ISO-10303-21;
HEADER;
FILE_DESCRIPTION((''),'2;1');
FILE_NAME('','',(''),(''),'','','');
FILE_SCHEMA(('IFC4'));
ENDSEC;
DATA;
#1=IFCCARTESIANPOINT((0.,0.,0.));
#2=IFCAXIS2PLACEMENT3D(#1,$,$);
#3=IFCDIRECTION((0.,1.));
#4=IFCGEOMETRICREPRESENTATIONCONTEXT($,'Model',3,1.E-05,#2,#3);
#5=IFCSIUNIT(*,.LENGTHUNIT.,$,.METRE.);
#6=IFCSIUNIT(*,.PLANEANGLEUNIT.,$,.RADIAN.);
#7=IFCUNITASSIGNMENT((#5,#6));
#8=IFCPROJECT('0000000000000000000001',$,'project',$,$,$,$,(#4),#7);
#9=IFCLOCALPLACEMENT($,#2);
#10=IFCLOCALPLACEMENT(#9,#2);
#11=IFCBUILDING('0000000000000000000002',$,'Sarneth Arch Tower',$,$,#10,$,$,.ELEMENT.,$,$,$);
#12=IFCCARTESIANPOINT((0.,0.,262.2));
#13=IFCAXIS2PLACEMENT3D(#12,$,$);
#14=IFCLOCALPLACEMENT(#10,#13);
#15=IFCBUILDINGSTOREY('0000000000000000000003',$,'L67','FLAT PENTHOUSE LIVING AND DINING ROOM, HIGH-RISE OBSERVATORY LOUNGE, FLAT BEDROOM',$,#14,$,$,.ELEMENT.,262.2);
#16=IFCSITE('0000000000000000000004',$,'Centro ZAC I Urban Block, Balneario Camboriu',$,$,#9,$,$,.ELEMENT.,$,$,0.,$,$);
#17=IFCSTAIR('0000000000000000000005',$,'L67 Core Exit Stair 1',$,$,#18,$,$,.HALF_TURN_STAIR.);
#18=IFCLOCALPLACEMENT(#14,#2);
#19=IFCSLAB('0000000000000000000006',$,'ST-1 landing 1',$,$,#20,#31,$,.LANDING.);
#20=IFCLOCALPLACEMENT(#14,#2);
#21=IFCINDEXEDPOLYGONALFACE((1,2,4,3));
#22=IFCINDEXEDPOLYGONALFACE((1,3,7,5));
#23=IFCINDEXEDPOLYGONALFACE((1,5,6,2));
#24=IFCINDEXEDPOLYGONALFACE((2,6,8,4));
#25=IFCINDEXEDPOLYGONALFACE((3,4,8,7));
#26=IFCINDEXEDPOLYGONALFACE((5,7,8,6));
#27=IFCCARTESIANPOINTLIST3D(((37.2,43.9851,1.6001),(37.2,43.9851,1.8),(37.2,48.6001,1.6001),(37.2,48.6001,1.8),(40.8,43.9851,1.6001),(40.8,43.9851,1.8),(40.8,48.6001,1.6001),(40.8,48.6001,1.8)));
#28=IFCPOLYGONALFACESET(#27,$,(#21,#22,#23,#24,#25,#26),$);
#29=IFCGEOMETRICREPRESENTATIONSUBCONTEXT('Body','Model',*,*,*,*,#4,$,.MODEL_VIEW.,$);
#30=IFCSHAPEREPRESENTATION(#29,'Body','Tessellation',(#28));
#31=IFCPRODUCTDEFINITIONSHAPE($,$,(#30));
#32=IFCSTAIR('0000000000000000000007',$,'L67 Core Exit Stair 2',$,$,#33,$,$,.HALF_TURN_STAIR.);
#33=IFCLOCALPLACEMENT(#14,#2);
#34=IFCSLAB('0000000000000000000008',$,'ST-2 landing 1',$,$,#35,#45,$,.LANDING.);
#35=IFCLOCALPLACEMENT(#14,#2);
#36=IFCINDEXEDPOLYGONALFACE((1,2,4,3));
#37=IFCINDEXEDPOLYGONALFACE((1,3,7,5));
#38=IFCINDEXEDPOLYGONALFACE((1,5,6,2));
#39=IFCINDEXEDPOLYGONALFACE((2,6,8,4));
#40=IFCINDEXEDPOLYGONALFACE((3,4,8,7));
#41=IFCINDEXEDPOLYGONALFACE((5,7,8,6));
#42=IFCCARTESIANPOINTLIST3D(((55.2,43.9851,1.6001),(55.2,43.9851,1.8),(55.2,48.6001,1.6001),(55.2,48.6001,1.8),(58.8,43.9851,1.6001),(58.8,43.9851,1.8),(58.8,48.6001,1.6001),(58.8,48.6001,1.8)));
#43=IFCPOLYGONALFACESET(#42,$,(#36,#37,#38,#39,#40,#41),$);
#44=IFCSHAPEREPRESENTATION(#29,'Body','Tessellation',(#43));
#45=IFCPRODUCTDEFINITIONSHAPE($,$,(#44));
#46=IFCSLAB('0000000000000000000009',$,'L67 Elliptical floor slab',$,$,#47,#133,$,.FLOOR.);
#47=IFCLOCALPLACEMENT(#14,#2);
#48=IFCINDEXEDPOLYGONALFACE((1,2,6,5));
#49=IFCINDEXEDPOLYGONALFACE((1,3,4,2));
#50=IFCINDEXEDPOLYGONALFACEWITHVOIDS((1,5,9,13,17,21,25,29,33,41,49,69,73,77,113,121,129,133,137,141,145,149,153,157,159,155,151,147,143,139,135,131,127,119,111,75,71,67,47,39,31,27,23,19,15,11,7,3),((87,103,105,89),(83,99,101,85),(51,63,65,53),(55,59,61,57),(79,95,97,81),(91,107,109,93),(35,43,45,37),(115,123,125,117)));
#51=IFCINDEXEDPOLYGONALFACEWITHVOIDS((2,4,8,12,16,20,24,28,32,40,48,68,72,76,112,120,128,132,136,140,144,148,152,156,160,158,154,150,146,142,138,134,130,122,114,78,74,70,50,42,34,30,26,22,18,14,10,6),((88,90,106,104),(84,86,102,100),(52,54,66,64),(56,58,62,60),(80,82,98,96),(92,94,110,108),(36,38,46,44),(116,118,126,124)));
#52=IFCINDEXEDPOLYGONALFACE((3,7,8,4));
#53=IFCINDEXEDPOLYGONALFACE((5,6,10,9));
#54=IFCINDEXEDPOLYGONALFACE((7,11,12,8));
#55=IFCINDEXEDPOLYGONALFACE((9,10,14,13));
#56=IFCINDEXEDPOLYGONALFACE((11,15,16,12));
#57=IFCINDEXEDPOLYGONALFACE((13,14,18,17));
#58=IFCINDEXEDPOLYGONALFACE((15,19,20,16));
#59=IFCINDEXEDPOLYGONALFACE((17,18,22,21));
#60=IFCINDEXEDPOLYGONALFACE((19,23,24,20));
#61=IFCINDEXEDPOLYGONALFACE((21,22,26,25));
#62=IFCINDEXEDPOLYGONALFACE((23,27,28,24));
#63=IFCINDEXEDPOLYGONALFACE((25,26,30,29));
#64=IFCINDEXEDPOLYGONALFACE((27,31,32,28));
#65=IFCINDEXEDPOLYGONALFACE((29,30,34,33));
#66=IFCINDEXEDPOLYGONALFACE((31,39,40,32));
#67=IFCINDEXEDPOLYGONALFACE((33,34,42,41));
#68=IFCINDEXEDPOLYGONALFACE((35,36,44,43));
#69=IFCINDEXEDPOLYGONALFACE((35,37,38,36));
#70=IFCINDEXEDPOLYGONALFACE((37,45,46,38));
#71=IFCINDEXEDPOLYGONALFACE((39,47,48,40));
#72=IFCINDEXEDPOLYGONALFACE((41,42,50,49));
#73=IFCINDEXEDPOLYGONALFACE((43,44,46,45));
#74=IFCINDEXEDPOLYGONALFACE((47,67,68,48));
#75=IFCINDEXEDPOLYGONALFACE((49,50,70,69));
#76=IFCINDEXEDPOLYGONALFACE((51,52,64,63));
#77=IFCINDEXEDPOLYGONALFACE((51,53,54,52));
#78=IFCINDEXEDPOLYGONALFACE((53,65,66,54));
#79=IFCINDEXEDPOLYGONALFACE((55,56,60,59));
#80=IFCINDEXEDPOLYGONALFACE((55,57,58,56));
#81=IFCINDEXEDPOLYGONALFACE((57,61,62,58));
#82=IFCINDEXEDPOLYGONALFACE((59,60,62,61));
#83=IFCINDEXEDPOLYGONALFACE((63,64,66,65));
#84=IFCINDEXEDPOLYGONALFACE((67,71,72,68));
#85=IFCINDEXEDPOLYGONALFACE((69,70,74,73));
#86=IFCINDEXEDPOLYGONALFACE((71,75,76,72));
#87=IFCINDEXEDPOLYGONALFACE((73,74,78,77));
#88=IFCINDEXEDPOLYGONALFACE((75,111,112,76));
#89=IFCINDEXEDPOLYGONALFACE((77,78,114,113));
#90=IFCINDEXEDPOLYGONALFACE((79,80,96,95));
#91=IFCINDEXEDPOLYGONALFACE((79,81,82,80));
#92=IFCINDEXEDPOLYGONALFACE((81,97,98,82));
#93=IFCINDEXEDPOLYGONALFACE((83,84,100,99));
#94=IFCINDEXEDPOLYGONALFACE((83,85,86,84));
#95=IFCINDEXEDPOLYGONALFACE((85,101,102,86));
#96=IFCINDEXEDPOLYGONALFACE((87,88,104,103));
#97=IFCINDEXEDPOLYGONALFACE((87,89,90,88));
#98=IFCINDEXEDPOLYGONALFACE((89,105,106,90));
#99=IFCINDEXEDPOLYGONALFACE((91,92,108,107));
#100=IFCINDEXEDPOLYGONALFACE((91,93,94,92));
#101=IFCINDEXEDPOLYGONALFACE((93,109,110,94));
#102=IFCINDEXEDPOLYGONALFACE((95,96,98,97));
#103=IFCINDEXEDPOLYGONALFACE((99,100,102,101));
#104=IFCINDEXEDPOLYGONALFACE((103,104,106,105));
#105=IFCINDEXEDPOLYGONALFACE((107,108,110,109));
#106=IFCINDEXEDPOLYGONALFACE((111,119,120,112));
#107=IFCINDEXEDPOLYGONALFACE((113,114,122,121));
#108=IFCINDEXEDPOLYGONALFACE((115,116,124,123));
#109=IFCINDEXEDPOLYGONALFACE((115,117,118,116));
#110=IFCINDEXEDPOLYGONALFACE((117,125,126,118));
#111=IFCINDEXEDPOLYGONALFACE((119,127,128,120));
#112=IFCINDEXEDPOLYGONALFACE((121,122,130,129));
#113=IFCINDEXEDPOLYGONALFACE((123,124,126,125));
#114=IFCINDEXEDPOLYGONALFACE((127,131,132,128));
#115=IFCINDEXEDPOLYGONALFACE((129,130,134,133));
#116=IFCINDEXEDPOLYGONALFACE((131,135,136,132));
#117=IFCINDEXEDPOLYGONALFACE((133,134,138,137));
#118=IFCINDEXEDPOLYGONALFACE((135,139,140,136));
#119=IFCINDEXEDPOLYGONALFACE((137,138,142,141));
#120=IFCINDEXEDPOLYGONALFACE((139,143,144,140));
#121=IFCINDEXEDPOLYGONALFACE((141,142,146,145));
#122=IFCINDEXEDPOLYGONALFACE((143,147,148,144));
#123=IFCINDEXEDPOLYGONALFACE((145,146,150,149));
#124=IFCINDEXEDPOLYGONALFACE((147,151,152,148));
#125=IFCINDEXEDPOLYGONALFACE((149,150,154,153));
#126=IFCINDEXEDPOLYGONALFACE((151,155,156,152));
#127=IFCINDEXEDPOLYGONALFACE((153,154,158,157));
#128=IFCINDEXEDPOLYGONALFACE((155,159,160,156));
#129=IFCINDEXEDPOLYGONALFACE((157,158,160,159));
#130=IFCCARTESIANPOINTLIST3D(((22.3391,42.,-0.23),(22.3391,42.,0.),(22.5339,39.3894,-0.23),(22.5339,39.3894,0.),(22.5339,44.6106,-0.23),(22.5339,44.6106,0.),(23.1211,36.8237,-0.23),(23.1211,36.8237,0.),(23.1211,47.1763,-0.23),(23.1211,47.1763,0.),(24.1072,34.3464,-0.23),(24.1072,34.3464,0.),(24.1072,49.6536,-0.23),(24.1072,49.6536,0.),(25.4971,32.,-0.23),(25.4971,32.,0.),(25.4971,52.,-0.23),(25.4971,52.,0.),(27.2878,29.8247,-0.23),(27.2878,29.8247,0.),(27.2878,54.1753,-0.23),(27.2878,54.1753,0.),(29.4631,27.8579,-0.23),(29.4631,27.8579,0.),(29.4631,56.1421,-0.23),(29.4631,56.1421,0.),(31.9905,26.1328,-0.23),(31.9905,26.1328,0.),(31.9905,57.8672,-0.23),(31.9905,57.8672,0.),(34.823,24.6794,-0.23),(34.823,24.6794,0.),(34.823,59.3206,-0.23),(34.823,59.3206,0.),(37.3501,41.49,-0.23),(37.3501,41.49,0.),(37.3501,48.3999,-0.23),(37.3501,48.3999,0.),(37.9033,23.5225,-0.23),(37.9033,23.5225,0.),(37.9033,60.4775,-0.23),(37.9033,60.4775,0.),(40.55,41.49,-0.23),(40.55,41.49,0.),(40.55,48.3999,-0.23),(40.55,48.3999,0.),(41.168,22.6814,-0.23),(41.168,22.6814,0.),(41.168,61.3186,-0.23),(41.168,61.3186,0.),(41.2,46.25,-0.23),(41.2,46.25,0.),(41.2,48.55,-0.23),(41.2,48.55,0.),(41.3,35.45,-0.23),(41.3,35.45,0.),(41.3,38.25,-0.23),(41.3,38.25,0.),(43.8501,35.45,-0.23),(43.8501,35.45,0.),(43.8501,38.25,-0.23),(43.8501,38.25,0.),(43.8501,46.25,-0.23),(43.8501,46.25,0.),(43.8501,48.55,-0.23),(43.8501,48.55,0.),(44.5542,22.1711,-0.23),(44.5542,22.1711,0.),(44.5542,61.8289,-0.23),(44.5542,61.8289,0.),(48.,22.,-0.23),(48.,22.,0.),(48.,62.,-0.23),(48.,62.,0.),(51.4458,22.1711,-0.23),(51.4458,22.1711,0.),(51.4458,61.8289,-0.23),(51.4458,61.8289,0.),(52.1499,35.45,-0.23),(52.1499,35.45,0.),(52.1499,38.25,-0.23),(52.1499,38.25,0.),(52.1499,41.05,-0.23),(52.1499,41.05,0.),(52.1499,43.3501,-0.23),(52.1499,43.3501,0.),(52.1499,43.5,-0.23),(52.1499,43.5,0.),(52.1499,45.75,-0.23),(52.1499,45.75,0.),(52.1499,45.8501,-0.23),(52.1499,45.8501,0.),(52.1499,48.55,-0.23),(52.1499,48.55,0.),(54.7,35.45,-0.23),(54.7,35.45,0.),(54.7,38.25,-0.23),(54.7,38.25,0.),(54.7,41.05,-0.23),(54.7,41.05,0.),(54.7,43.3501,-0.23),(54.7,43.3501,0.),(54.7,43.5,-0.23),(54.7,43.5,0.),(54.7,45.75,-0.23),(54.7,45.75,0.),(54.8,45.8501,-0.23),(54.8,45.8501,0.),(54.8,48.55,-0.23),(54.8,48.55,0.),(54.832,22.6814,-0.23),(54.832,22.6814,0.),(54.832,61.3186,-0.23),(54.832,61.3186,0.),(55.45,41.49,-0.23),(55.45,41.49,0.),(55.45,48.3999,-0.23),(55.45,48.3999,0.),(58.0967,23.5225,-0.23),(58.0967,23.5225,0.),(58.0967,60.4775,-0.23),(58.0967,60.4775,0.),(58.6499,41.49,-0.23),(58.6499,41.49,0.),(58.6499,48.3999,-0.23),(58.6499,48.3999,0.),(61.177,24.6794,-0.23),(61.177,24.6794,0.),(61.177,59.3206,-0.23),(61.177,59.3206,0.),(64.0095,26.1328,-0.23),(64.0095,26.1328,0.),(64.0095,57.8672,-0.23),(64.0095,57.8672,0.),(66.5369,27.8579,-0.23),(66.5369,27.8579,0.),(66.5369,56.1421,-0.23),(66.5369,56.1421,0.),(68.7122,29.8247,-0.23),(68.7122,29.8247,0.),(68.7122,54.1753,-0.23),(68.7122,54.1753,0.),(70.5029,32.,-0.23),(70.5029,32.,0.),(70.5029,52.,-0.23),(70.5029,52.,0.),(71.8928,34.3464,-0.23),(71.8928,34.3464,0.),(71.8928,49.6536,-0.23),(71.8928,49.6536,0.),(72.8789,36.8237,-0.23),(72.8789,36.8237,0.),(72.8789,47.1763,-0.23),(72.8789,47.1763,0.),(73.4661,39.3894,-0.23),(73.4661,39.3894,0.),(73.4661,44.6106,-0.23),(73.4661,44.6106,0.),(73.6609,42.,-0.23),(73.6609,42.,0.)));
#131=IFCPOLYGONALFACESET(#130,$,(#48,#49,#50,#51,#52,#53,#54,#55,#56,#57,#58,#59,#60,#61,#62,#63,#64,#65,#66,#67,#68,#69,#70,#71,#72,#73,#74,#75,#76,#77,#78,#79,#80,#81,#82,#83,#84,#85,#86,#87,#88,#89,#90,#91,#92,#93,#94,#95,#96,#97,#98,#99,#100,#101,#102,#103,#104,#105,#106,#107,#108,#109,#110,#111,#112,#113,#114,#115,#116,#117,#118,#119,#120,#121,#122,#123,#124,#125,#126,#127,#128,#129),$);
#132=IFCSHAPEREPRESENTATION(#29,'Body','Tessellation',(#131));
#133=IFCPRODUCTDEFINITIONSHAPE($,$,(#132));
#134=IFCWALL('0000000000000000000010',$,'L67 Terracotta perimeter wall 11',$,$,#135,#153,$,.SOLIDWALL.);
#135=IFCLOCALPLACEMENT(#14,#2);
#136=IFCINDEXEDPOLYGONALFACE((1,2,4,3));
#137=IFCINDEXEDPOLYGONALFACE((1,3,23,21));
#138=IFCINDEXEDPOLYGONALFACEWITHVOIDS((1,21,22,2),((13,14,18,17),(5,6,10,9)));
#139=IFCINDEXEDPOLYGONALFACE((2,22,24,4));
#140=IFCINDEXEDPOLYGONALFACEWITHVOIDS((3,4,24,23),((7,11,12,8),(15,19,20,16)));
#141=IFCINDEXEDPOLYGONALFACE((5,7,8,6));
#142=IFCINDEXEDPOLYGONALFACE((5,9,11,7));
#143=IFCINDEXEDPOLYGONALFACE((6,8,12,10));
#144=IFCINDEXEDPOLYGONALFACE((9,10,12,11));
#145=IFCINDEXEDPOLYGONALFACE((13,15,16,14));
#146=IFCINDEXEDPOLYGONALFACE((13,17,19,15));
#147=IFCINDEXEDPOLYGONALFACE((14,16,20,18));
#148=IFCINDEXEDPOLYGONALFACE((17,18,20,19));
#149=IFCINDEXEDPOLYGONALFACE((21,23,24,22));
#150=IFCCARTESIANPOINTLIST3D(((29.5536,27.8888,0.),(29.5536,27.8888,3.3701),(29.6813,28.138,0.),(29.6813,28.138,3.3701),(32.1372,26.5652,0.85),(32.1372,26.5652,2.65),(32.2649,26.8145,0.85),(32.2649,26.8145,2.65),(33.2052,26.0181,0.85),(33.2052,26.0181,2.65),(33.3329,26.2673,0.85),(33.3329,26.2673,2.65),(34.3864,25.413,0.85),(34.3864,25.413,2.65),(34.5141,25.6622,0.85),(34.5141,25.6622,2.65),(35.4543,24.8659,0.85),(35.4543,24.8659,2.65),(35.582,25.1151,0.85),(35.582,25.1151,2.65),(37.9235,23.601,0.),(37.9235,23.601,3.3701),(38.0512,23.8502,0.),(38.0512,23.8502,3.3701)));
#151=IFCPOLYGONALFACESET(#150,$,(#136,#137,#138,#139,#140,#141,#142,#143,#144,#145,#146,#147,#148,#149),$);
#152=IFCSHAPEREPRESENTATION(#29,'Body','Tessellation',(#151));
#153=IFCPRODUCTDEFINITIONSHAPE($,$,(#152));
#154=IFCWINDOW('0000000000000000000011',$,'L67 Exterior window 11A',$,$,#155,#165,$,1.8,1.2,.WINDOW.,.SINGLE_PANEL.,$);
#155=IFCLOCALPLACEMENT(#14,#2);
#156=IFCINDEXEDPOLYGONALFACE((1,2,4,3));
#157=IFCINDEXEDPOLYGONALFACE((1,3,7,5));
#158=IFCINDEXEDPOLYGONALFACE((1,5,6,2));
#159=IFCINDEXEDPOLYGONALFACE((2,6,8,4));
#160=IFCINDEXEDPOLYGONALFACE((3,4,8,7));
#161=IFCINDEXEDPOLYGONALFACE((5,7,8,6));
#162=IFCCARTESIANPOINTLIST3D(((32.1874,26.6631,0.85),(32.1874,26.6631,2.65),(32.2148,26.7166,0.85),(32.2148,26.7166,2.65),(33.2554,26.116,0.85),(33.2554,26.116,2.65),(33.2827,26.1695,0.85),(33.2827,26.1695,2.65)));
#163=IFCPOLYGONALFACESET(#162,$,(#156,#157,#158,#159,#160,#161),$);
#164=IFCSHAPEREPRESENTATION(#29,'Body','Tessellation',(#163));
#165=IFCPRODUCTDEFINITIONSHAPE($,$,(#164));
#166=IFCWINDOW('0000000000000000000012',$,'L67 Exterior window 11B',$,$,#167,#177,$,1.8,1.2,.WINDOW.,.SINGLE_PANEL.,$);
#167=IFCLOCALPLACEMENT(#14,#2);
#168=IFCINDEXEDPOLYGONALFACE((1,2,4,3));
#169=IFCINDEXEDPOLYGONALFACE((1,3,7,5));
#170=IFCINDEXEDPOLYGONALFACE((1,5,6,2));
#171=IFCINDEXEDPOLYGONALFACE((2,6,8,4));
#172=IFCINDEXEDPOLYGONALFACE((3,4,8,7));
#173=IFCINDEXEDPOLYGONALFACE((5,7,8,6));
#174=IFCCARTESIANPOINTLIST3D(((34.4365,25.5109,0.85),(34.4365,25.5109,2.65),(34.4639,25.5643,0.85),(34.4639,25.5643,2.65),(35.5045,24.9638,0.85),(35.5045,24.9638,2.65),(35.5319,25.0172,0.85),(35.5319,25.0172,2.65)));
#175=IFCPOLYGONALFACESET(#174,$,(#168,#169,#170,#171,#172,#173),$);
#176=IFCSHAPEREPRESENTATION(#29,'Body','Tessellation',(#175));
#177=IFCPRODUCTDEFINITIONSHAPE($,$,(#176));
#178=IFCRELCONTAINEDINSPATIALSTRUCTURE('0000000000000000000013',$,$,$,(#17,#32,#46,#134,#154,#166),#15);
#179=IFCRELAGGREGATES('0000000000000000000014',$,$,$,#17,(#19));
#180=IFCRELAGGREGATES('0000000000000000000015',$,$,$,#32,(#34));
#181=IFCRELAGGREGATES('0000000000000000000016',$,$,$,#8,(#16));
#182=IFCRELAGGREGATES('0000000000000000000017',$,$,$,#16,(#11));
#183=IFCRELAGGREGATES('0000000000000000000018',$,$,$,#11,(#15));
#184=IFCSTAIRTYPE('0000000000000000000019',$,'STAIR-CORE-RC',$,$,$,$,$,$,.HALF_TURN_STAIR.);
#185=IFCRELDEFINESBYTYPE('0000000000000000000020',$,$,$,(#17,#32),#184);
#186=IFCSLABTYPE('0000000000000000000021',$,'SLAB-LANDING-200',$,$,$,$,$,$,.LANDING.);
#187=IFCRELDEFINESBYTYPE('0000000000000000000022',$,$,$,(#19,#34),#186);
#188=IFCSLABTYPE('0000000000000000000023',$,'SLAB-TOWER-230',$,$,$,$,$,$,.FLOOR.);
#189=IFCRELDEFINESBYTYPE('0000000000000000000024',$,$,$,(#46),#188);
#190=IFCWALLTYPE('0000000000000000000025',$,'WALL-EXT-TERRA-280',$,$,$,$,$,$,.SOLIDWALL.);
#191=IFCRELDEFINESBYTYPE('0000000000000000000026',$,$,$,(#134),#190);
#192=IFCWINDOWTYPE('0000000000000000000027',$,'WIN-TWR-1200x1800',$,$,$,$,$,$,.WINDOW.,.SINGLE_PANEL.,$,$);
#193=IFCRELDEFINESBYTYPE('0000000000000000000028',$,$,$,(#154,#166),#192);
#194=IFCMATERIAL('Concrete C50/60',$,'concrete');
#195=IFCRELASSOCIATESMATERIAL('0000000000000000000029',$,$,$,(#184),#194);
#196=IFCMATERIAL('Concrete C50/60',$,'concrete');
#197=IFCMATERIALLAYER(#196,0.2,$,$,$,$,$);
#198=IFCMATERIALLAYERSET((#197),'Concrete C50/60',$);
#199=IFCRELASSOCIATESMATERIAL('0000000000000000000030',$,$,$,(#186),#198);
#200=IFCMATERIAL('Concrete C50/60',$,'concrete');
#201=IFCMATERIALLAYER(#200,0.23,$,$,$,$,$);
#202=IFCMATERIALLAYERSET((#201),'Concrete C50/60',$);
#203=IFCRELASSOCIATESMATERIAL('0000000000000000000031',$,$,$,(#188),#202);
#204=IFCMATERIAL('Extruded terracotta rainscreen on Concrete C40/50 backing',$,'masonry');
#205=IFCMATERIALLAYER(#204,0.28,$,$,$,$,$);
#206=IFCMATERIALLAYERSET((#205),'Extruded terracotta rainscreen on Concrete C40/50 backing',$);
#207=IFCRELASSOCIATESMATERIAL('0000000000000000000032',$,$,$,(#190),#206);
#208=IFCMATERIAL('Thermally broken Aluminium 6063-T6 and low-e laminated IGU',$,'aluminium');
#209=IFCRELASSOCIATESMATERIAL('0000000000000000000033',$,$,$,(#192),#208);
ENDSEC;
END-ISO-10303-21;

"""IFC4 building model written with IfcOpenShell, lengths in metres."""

from ifc_helpers import new_model, si_unit, direction, frame, frame_2d, origin, place, context, subcontext, project, spatial, polyline, rectangle, outline, extrude, material, layer, layer_set, type_object, element, fill, aggregate, save


model = new_model("IFC4")

# Units and contexts
model_context = context("Model", 3, precision=1e-05, world=origin(), true_north=direction((0.0, 1.0)))
body_context = subcontext(model_context, "Body", "Model", "MODEL_VIEW")
ifc_project = project(units=[si_unit("LENGTHUNIT", "METRE"), si_unit("PLANEANGLEUNIT", "RADIAN")], contexts=[model_context])

# Site, building, storey
site_placement = place(None, origin())
site = spatial("IfcSite", under=ifc_project, at=site_placement, Name="Centro ZAC I Urban Block, Balneario Camboriu", CompositionType="ELEMENT", RefElevation=0.0)
building_placement = place(site_placement, origin())
building = spatial("IfcBuilding", under=site, at=building_placement, Name="Sarneth Arch Tower", CompositionType="ELEMENT")
storey_placement = place(building_placement, frame((0.0, 0.0, 262.2)))
storey = spatial("IfcBuildingStorey", under=building, at=storey_placement, Name="L67", Description="FLAT PENTHOUSE LIVING AND DINING ROOM, HIGH-RISE OBSERVATORY LOUNGE, FLAT BEDROOM", CompositionType="ELEMENT", Elevation=262.2)

# Stairs, slabs
ifc_material_1 = material(Name="Concrete C50/60", Category="concrete")
stair_type = type_object("IfcStairType", Name="STAIR-CORE-RC", PredefinedType="HALF_TURN_STAIR", material=ifc_material_1)
stair_1_placement = place(storey_placement, origin())
stair_1 = element("IfcStair", 1, at=stair_1_placement, inside=storey, type_object=stair_type, Name="L67 Core Exit Stair 1", PredefinedType="HALF_TURN_STAIR")
ifc_material_2 = material(Name="Concrete C50/60", Category="concrete")
ifc_layer_1 = layer(ifc_material_2, 0.2)
ifc_layer_set_1 = layer_set([ifc_layer_1], Name="Concrete C50/60")
slab_type_1 = type_object("IfcSlabType", Name="SLAB-LANDING-200", PredefinedType="LANDING", material=ifc_layer_set_1)
slab_1_placement = place(storey_placement, frame((0.0, 0.0, 1.6001)))
slab_1 = element("IfcSlab", 2, at=slab_1_placement, type_object=slab_type_1, Name="ST-1 landing 1", PredefinedType="LANDING", context=body_context, shape_type="SweptSolid", body=[
    extrude(outline(polyline([(37.2, 43.9851), (40.8, 43.9851), (40.8, 48.6001), (37.2, 48.6001), (37.2, 43.9851)])), origin(), (0.0, 0.0, 1.0), 0.2),
])
aggregate(stair_1, [slab_1])
stair_2_placement = place(storey_placement, origin())
stair_2 = element("IfcStair", 3, at=stair_2_placement, inside=storey, type_object=stair_type, Name="L67 Core Exit Stair 2", PredefinedType="HALF_TURN_STAIR")
slab_2_placement = place(storey_placement, frame((0.0, 0.0, 1.6001)))
slab_2 = element("IfcSlab", 4, at=slab_2_placement, type_object=slab_type_1, Name="ST-2 landing 1", PredefinedType="LANDING", context=body_context, shape_type="SweptSolid", body=[
    extrude(outline(polyline([(55.2, 43.9851), (58.8, 43.9851), (58.8, 48.6001), (55.2, 48.6001), (55.2, 43.9851)])), origin(), (0.0, 0.0, 1.0), 0.2),
])
aggregate(stair_2, [slab_2])

# Slab
ifc_material_3 = material(Name="Concrete C50/60", Category="concrete")
ifc_layer_2 = layer(ifc_material_3, 0.23)
ifc_layer_set_2 = layer_set([ifc_layer_2], Name="Concrete C50/60")
slab_type_2 = type_object("IfcSlabType", Name="SLAB-TOWER-230", PredefinedType="FLOOR", material=ifc_layer_set_2)
slab_3_placement = place(storey_placement, frame((0.0, 0.0, -0.23)))
element("IfcSlab", 5, at=slab_3_placement, inside=storey, type_object=slab_type_2, Name="L67 Elliptical floor slab", PredefinedType="FLOOR", context=body_context, shape_type="SweptSolid", body=[
    extrude(outline(polyline([(73.6609, 42.0), (73.4661, 44.6106), (72.8789, 47.1763), (71.8928, 49.6536), (70.5029, 52.0), (68.7122, 54.1753), (66.5369, 56.1421), (64.0095, 57.8672), (61.177, 59.3206), (58.0967, 60.4775), (54.832, 61.3186), (51.4458, 61.8289), (48.0, 62.0), (44.5542, 61.8289), (41.168, 61.3186), (37.9033, 60.4775), (34.823, 59.3206), (31.9905, 57.8672), (29.4631, 56.1421), (27.2878, 54.1753), (25.4971, 52.0), (24.1072, 49.6536), (23.1211, 47.1763), (22.5339, 44.6106), (22.3391, 42.0), (22.5339, 39.3894), (23.1211, 36.8237), (24.1072, 34.3464), (25.4971, 32.0), (27.2878, 29.8247), (29.4631, 27.8579), (31.9905, 26.1328), (34.823, 24.6794), (37.9033, 23.5225), (41.168, 22.6814), (44.5542, 22.1711), (48.0, 22.0), (51.4458, 22.1711), (54.832, 22.6814), (58.0967, 23.5225), (61.177, 24.6794), (64.0095, 26.1328), (66.5369, 27.8579), (68.7122, 29.8247), (70.5029, 32.0), (71.8928, 34.3464), (72.8789, 36.8237), (73.4661, 39.3894), (73.6609, 42.0)]), holes=[polyline([(37.3501, 41.49), (40.55, 41.49), (40.55, 48.3999), (37.3501, 48.3999), (37.3501, 41.49)]), polyline([(55.45, 41.49), (58.6499, 41.49), (58.6499, 48.3999), (55.45, 48.3999), (55.45, 41.49)]), polyline([(41.2, 46.25), (43.8501, 46.25), (43.8501, 48.55), (41.2, 48.55), (41.2, 46.25)]), polyline([(41.3, 35.45), (43.8501, 35.45), (43.8501, 38.25), (41.3, 38.25), (41.3, 35.45)]), polyline([(52.1499, 35.45), (54.7, 35.45), (54.7, 38.25), (52.1499, 38.25), (52.1499, 35.45)]), polyline([(52.1499, 45.8501), (54.8, 45.8501), (54.8, 48.55), (52.1499, 48.55), (52.1499, 45.8501)]), polyline([(52.1499, 41.05), (54.7, 41.05), (54.7, 43.3501), (52.1499, 43.3501), (52.1499, 41.05)]), polyline([(52.1499, 43.5), (54.7, 43.5), (54.7, 45.75), (52.1499, 45.75), (52.1499, 43.5)])]), origin(), (0.0, 0.0, 1.0), 0.23),
])

# Wall, openings, windows
ifc_material_4 = material(Name="Extruded terracotta rainscreen on Concrete C40/50 backing", Category="masonry")
ifc_layer_3 = layer(ifc_material_4, 0.28)
ifc_layer_set_3 = layer_set([ifc_layer_3], Name="Extruded terracotta rainscreen on Concrete C40/50 backing")
wall_type = type_object("IfcWallType", Name="WALL-EXT-TERRA-280", PredefinedType="SOLIDWALL", material=ifc_layer_set_3)
wall_placement = place(storey_placement, frame((29.6174, 28.0134, 0.0), z_axis=(0.0, 0.0, 1.0), x_axis=(0.890007, -0.455946, 0.0)))
wall = element("IfcWall", 6, at=wall_placement, inside=storey, type_object=wall_type, Name="L67 Terracotta perimeter wall 11", PredefinedType="SOLIDWALL", context=body_context, shape_type="SweptSolid", body=[
    extrude(rectangle(XDim=9.4043, YDim=0.28, at=frame_2d((4.7021, 0.0))), origin(), (0.0, 0.0, 1.0), 3.3701),
])
opening_1_placement = place(wall_placement, frame((2.9028, 0.0, 0.8501)))
opening_1 = element("IfcOpeningElement", 7, at=opening_1_placement, cuts=wall, PredefinedType="OPENING", context=body_context, shape_type="SweptSolid", body=[
    extrude(rectangle(XDim=1.2, YDim=1.8, at=frame_2d((0.6001, 0.8999))), frame((0.0, 0.1499, 0.0), z_axis=(0.0, -1.0, 0.0), x_axis=(1.0, 0.0, 0.0)), (0.0, 0.0, 1.0), 0.3),
])
opening_2_placement = place(wall_placement, frame((5.4299, 0.0, 0.8501)))
opening_2 = element("IfcOpeningElement", 8, at=opening_2_placement, cuts=wall, PredefinedType="OPENING", context=body_context, shape_type="SweptSolid", body=[
    extrude(rectangle(XDim=1.2, YDim=1.8, at=frame_2d((0.6001, 0.8999))), frame((0.0, 0.1499, 0.0), z_axis=(0.0, -1.0, 0.0), x_axis=(1.0, 0.0, 0.0)), (0.0, 0.0, 1.0), 0.3),
])
ifc_material_5 = material(Name="Thermally broken Aluminium 6063-T6 and low-e laminated IGU", Category="aluminium")
window_type = type_object("IfcWindowType", Name="WIN-TWR-1200x1800", PartitioningType="SINGLE_PANEL", PredefinedType="WINDOW", material=ifc_material_5)
window_1_placement = place(opening_1_placement, origin())
window_1 = element("IfcWindow", 9, at=window_1_placement, inside=storey, type_object=window_type, Name="L67 Exterior window 11A", OverallHeight=1.8, OverallWidth=1.2, PartitioningType="SINGLE_PANEL", PredefinedType="WINDOW", context=body_context, shape_type="SweptSolid", body=[
    extrude(rectangle(XDim=1.2, YDim=1.8, at=frame_2d((0.6001, 0.8999))), frame((0.0, 0.03, 0.0), z_axis=(0.0, -1.0, 0.0), x_axis=(1.0, 0.0, 0.0)), (0.0, 0.0, 1.0), 0.0601),
])
fill(opening_1, window_1)
window_2_placement = place(opening_2_placement, origin())
window_2 = element("IfcWindow", 10, at=window_2_placement, inside=storey, type_object=window_type, Name="L67 Exterior window 11B", OverallHeight=1.8, OverallWidth=1.2, PartitioningType="SINGLE_PANEL", PredefinedType="WINDOW", context=body_context, shape_type="SweptSolid", body=[
    extrude(rectangle(XDim=1.2, YDim=1.8, at=frame_2d((0.6001, 0.8999))), frame((0.0, 0.03, 0.0), z_axis=(0.0, -1.0, 0.0), x_axis=(1.0, 0.0, 0.0)), (0.0, 0.0, 1.0), 0.0601),
])
fill(opening_2, window_2)

save(model, "model.ifc")
